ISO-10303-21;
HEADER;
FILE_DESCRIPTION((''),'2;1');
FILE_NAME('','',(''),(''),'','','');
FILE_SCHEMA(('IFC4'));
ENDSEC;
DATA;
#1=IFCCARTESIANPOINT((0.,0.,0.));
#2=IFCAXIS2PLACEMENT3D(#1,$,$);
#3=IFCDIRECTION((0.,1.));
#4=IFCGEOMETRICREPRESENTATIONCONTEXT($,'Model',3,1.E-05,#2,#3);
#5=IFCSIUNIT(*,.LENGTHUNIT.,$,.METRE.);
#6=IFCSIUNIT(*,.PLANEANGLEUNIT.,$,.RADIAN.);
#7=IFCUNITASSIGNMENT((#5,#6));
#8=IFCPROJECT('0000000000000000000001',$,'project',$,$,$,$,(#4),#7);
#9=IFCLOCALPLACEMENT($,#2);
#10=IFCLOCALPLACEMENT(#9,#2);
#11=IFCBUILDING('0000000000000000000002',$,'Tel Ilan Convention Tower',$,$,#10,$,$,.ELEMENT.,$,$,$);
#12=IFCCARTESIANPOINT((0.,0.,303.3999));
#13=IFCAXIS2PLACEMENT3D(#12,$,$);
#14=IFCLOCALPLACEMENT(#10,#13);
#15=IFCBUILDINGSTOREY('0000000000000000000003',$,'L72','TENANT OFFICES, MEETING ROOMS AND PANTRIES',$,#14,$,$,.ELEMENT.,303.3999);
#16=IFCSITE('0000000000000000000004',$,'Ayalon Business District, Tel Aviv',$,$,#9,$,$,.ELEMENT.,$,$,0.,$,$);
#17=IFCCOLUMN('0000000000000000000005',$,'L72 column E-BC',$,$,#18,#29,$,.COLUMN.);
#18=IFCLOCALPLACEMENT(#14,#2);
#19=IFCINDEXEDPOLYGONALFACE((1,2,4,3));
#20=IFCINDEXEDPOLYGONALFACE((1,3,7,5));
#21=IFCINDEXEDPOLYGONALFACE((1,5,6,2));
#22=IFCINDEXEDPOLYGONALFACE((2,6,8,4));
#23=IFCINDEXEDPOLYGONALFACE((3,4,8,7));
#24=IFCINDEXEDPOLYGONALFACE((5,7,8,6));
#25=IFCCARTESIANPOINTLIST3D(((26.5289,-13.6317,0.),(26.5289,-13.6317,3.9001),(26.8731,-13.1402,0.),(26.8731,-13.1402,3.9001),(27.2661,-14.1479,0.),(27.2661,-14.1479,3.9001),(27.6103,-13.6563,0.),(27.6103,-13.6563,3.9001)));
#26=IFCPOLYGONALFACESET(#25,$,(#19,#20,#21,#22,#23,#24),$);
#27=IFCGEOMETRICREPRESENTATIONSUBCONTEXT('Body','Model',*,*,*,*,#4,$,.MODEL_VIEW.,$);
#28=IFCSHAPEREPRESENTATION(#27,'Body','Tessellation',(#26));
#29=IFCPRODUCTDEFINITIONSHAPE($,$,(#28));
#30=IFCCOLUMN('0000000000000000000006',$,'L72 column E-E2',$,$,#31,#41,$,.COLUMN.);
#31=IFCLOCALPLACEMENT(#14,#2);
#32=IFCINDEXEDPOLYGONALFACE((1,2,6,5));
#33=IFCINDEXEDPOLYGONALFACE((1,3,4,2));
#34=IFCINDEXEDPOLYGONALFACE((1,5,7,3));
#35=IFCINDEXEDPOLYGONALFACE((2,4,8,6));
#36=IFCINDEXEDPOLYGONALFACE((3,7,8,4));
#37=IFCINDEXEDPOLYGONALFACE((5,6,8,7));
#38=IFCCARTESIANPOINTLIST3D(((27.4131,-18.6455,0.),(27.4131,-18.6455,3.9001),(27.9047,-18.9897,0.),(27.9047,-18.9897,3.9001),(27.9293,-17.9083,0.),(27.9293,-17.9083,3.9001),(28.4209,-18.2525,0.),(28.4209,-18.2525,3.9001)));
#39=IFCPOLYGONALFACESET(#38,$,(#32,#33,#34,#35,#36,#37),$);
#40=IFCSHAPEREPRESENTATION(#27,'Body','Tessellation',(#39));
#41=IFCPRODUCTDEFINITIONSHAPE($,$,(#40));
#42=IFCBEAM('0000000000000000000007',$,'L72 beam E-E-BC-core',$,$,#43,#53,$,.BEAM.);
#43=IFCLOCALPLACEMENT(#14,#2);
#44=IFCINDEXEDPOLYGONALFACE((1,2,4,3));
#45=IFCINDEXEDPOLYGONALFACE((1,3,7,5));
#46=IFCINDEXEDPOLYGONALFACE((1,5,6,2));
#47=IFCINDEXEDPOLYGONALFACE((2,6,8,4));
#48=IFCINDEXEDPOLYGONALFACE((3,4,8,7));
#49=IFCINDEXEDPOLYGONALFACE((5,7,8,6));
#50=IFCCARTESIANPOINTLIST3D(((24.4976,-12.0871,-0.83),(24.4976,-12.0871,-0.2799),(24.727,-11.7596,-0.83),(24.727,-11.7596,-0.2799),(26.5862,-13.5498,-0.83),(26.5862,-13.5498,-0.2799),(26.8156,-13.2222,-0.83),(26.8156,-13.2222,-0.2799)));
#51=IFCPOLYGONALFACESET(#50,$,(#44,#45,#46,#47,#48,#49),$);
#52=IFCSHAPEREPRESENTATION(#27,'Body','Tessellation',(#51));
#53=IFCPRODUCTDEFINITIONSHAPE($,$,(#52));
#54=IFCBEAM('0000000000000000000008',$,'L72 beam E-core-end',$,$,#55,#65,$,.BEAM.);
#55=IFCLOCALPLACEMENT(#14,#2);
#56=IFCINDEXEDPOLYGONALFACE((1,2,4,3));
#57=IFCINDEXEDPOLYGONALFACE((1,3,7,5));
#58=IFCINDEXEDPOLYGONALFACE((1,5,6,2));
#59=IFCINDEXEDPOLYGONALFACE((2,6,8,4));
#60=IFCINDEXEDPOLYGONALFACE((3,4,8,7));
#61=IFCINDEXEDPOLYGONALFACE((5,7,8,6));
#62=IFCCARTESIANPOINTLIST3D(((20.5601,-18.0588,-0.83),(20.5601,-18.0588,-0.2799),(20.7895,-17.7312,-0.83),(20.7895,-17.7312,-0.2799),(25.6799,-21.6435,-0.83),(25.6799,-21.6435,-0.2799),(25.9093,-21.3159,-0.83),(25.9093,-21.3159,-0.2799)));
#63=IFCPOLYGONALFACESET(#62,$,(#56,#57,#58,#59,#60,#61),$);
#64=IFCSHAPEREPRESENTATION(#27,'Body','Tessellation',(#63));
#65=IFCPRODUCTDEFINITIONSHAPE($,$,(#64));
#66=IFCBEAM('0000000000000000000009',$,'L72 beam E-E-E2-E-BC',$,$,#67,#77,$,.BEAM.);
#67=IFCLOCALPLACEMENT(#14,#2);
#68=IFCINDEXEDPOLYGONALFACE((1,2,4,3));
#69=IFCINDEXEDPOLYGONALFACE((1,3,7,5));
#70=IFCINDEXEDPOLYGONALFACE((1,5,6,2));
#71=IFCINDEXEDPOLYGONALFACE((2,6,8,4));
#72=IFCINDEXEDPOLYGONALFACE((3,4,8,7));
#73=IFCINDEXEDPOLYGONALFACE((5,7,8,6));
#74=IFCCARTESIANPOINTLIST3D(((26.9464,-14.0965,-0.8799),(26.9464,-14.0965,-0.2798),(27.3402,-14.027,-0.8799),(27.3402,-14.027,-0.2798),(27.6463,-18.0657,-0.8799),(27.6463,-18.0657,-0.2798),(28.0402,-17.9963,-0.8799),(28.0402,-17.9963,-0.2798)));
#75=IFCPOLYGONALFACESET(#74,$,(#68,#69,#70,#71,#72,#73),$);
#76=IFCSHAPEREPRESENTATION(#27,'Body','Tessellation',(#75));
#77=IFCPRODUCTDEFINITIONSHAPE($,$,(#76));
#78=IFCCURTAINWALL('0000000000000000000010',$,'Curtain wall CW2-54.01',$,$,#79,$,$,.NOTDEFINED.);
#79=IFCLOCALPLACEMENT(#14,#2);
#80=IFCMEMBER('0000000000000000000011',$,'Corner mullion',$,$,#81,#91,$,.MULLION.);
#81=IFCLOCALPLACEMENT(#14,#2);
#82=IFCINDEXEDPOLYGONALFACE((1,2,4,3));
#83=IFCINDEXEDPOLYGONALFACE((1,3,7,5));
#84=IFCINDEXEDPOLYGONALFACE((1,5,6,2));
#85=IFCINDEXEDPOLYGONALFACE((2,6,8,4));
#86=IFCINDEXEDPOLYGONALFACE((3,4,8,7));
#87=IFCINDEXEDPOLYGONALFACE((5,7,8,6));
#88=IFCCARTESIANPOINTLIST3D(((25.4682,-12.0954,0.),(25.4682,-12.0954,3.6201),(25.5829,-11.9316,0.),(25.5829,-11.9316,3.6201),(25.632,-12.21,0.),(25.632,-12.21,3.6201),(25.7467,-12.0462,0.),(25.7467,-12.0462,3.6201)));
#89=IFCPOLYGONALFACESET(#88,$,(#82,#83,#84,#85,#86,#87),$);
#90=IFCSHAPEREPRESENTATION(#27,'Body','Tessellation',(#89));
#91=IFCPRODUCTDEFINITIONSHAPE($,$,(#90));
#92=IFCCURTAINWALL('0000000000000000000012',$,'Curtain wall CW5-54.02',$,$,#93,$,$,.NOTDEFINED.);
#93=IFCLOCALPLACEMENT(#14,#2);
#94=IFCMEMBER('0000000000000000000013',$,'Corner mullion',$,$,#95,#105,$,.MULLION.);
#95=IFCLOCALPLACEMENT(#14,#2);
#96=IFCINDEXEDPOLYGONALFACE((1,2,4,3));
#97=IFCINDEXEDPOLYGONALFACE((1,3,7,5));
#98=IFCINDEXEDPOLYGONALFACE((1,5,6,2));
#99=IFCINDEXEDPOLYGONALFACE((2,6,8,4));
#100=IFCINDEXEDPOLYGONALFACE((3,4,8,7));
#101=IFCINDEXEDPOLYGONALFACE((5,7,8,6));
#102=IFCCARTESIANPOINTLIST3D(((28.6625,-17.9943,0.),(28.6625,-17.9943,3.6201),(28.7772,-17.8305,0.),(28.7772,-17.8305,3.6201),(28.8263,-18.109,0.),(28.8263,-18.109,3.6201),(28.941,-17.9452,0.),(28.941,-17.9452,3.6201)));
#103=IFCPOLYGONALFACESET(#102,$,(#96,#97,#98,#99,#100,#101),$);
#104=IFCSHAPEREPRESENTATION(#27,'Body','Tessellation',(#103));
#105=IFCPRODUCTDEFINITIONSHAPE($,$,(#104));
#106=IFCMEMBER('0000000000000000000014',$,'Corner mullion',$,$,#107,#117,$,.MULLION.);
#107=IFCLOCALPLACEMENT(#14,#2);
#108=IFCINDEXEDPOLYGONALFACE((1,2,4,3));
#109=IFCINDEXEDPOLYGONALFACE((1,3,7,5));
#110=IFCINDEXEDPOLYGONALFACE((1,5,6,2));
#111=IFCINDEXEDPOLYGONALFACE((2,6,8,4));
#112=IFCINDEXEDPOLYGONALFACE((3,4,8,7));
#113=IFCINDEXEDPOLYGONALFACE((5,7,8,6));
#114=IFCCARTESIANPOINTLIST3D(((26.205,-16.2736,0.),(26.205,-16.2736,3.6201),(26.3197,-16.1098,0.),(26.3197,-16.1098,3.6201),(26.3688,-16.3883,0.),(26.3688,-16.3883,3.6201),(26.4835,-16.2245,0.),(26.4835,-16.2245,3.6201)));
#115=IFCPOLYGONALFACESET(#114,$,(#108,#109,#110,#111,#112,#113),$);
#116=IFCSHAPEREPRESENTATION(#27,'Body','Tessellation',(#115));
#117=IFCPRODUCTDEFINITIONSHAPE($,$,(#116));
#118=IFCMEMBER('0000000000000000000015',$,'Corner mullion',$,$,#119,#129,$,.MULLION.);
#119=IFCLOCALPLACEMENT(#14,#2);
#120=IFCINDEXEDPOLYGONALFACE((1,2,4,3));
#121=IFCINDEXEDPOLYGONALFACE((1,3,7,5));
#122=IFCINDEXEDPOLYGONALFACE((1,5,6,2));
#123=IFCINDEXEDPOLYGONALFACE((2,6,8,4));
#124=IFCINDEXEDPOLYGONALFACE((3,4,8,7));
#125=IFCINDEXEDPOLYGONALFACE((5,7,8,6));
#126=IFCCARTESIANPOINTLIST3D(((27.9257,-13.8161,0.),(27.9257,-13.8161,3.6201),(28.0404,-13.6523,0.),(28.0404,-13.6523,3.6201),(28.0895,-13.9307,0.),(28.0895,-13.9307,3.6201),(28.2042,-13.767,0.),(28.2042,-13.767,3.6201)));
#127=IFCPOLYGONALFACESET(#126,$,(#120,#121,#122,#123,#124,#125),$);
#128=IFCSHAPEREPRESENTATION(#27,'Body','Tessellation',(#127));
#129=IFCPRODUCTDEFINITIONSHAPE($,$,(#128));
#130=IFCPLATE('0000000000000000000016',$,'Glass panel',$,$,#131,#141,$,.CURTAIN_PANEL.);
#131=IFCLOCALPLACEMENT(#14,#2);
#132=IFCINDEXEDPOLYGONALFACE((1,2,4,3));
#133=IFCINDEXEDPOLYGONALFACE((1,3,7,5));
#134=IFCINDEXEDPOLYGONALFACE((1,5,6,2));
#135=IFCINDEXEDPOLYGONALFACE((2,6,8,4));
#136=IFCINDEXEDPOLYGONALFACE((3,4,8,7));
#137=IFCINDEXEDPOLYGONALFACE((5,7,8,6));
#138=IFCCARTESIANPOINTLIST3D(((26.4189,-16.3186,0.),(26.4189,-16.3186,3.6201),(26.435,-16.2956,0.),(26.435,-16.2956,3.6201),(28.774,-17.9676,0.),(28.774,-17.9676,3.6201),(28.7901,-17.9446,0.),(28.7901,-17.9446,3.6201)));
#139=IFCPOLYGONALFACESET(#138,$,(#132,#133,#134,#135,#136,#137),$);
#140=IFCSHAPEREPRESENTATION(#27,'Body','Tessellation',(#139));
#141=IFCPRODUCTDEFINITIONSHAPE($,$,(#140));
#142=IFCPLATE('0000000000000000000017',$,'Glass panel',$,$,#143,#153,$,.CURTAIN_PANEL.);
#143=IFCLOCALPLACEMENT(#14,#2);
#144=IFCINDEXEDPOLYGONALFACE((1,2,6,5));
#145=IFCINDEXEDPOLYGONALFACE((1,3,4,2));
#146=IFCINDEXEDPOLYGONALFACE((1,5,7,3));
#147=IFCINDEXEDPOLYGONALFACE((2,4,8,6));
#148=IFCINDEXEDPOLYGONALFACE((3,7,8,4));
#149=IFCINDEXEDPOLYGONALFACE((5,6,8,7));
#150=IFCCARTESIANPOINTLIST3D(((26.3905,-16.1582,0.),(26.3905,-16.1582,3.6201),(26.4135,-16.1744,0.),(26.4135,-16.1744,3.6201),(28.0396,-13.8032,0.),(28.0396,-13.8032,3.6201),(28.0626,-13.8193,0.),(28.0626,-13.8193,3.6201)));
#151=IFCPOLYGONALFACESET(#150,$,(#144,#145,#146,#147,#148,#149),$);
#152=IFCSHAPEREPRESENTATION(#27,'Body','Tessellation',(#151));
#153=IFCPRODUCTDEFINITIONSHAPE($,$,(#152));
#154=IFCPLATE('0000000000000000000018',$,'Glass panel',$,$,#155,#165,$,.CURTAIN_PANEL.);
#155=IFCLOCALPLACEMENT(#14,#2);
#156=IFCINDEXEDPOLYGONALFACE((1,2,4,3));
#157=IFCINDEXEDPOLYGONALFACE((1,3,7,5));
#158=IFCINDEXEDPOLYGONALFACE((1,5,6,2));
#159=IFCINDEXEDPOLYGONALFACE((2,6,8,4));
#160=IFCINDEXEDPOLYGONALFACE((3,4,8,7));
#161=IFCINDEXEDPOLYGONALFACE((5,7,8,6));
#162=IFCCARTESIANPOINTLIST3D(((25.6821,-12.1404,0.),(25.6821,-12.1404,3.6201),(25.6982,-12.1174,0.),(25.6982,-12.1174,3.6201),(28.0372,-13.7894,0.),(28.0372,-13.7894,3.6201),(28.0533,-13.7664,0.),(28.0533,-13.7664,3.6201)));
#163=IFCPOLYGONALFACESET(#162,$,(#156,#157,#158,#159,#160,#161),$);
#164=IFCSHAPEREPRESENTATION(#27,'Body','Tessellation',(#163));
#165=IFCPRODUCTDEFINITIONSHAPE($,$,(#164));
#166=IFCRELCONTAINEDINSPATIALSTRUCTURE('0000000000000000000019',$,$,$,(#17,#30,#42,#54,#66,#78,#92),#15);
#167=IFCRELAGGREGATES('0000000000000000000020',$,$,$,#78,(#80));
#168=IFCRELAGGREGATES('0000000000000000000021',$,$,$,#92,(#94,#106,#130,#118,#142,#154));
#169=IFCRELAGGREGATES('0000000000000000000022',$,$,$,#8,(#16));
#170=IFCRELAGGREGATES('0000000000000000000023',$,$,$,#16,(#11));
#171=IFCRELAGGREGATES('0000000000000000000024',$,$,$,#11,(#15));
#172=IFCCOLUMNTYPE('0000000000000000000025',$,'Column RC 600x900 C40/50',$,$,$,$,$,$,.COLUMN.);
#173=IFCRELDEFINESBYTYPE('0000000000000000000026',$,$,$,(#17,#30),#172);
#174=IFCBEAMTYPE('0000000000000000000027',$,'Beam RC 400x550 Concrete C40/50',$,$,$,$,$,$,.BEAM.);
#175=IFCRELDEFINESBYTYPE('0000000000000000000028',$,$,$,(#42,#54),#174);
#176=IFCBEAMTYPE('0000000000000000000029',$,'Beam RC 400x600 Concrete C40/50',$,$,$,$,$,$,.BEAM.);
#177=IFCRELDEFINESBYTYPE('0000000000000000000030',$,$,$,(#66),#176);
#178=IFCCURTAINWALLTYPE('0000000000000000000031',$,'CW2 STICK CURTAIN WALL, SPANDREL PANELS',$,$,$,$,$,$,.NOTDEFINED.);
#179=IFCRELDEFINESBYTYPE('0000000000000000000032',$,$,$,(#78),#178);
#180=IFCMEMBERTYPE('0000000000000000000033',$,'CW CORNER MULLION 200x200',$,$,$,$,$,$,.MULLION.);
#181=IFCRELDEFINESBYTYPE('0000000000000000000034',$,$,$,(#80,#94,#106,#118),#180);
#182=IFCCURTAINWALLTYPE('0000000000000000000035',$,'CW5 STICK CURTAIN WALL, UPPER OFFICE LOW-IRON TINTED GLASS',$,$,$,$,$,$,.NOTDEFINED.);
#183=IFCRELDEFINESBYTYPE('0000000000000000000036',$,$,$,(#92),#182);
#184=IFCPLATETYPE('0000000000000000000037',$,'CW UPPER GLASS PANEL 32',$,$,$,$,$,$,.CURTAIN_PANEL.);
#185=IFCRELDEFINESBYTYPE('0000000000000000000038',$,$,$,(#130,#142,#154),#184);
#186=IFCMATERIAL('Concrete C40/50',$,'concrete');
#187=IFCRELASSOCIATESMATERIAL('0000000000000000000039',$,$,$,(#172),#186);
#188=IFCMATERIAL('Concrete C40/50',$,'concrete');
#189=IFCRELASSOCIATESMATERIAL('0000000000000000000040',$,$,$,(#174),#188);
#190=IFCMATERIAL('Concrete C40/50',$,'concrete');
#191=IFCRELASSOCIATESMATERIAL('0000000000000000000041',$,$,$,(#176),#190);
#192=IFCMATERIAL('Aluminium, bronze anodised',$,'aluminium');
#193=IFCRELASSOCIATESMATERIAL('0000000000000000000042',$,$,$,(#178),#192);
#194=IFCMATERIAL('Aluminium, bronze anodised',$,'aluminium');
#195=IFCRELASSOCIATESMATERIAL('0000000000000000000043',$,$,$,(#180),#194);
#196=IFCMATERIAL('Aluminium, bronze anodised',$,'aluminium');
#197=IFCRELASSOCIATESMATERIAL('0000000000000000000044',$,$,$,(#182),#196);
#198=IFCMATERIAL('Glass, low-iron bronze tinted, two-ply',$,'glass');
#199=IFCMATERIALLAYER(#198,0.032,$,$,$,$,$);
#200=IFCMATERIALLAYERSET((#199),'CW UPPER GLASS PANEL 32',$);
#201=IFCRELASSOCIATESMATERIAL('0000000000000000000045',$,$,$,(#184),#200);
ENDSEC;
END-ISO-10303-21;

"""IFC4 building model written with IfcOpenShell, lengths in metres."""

from ifc_helpers import new_model, si_unit, direction, frame, origin, origin_2d, place, context, subcontext, project, spatial, rectangle, extrude, material, layer, layer_set, material_profile, profile_set, type_object, element, aggregate, save


model = new_model("IFC4")

# Units and contexts
model_context = context("Model", 3, precision=1e-05, world=origin(), true_north=direction((0.0, 1.0)))
body_context = subcontext(model_context, "Body", "Model", "MODEL_VIEW")
ifc_project = project(units=[si_unit("LENGTHUNIT", "METRE"), si_unit("PLANEANGLEUNIT", "RADIAN")], contexts=[model_context])

# Site, building, storey
site_placement = place(None, origin())
site = spatial("IfcSite", under=ifc_project, at=site_placement, Name="Ayalon Business District, Tel Aviv", CompositionType="ELEMENT", RefElevation=0.0)
building_placement = place(site_placement, origin())
building = spatial("IfcBuilding", under=site, at=building_placement, Name="Tel Ilan Convention Tower", CompositionType="ELEMENT")
storey_placement = place(building_placement, frame((0.0, 0.0, 303.3999)))
storey = spatial("IfcBuildingStorey", under=building, at=storey_placement, Name="L72", Description="TENANT OFFICES, MEETING ROOMS AND PANTRIES", CompositionType="ELEMENT", Elevation=303.3999)

# Columns
ifc_material_1 = material(Name="Concrete C40/50", Category="concrete")
ifc_material_profile_1 = material_profile(ifc_material_1, rectangle(XDim=0.8999, YDim=0.6001, at=origin_2d()), Name="RC 600x900")
ifc_profile_set_1 = profile_set([ifc_material_profile_1], Name="Concrete C40/50")
column_type = type_object("IfcColumnType", Name="Column RC 600x900 C40/50", PredefinedType="COLUMN", material=ifc_profile_set_1)
for number, where, z_axis, x_axis, name in (
    (1, (27.0696, -13.644, 0.0), (0.0, 0.0, 1.0), (0.819152, -0.573576, 0.0), "L72 column E-BC"),
    (2, (27.917, -18.449, 0.0), (0.0, 0.0, 1.0), (0.573576, 0.819152, 0.0), "L72 column E-E2"),
):
    element("IfcColumn", number, at=place(storey_placement, frame(where, z_axis=z_axis, x_axis=x_axis)), inside=storey, type_object=column_type, Name=name, PredefinedType="COLUMN", context=body_context, shape_type="SweptSolid", body=[
        extrude(rectangle(XDim=0.8999, YDim=0.6001, at=origin_2d()), origin(), (0.0, 0.0, 1.0), 3.9001),
    ])

# Beams
ifc_material_2 = material(Name="Concrete C40/50", Category="concrete")
ifc_material_profile_2 = material_profile(ifc_material_2, rectangle(XDim=0.3999, YDim=0.55, at=origin_2d()), Name="RC 400x550")
ifc_profile_set_2 = profile_set([ifc_material_profile_2], Name="Concrete C40/50")
beam_type_1 = type_object("IfcBeamType", Name="Beam RC 400x550 Concrete C40/50", PredefinedType="BEAM", material=ifc_profile_set_2)
beam_1_placement = place(storey_placement, frame((26.7009, -13.386, -0.5549), z_axis=(-0.819119, 0.573623, 0.0), x_axis=(-0.573623, -0.819119, 0.0)))
element("IfcBeam", 3, at=beam_1_placement, inside=storey, type_object=beam_type_1, Name="L72 beam E-E-BC-core", PredefinedType="BEAM", context=body_context, shape_type="SweptSolid", body=[
    extrude(rectangle(XDim=0.3999, YDim=0.55, at=origin_2d()), origin(), (0.0, 0.0, 1.0), 2.5498),
])
beam_2_placement = place(storey_placement, frame((20.6748, -17.895, -0.5549), z_axis=(0.819171, -0.573549, 0.0), x_axis=(0.573549, 0.819171, 0.0)))
element("IfcBeam", 4, at=beam_2_placement, inside=storey, type_object=beam_type_1, Name="L72 beam E-core-end", PredefinedType="BEAM", context=body_context, shape_type="SweptSolid", body=[
    extrude(rectangle(XDim=0.3999, YDim=0.55, at=origin_2d()), origin(), (0.0, 0.0, 1.0), 6.25),
])
ifc_material_3 = material(Name="Concrete C40/50", Category="concrete")
ifc_material_profile_3 = material_profile(ifc_material_3, rectangle(XDim=0.3999, YDim=0.6001, at=origin_2d()), Name="RC 400x600")
ifc_profile_set_3 = profile_set([ifc_material_profile_3], Name="Concrete C40/50")
beam_type_2 = type_object("IfcBeamType", Name="Beam RC 400x600 Concrete C40/50", PredefinedType="BEAM", material=ifc_profile_set_3)
beam_3_placement = place(storey_placement, frame((27.8433, -18.031, -0.5798), z_axis=(-0.173664, 0.984805, 0.0), x_axis=(-0.984805, -0.173664, 0.0)))
element("IfcBeam", 5, at=beam_3_placement, inside=storey, type_object=beam_type_2, Name="L72 beam E-E-E2-E-BC", PredefinedType="BEAM", context=body_context, shape_type="SweptSolid", body=[
    extrude(rectangle(XDim=0.3999, YDim=0.6001, at=origin_2d()), origin(), (0.0, 0.0, 1.0), 4.0305),
])

# Curtain wall, member
ifc_material_4 = material(Name="Aluminium, bronze anodised", Category="aluminium")
curtain_wall_type_1 = type_object("IfcCurtainWallType", Name="CW2 STICK CURTAIN WALL, SPANDREL PANELS", PredefinedType="NOTDEFINED", material=ifc_material_4)
curtain_wall_1_placement = place(storey_placement, origin())
curtain_wall_1 = element("IfcCurtainWall", 6, at=curtain_wall_1_placement, inside=storey, type_object=curtain_wall_type_1, Name="Curtain wall CW2-54.01", PredefinedType="NOTDEFINED")
ifc_material_5 = material(Name="Aluminium, bronze anodised", Category="aluminium")
ifc_material_profile_4 = material_profile(ifc_material_5, rectangle(XDim=0.2, YDim=0.2, at=origin_2d()), Name="CW CORNER MULLION 200x200")
ifc_profile_set_4 = profile_set([ifc_material_profile_4], Name="Aluminium, bronze anodised")
member_type = type_object("IfcMemberType", Name="CW CORNER MULLION 200x200", PredefinedType="MULLION", material=ifc_profile_set_4)
member_1_placement = place(storey_placement, frame((25.6074, -12.0708, 0.0), z_axis=(0.0, 0.0, 1.0), x_axis=(-0.819152, 0.573576, 0.0)))
member_1 = element("IfcMember", 7, at=member_1_placement, type_object=member_type, Name="Corner mullion", PredefinedType="MULLION", context=body_context, shape_type="SweptSolid", body=[
    extrude(rectangle(XDim=0.2, YDim=0.2, at=origin_2d()), origin(), (0.0, 0.0, 1.0), 3.6201),
])
aggregate(curtain_wall_1, [member_1])

# Curtain wall, members, plates
ifc_material_6 = material(Name="Aluminium, bronze anodised", Category="aluminium")
curtain_wall_type_2 = type_object("IfcCurtainWallType", Name="CW5 STICK CURTAIN WALL, UPPER OFFICE LOW-IRON TINTED GLASS", PredefinedType="NOTDEFINED", material=ifc_material_6)
curtain_wall_2_placement = place(storey_placement, origin())
curtain_wall_2 = element("IfcCurtainWall", 8, at=curtain_wall_2_placement, inside=storey, type_object=curtain_wall_type_2, Name="Curtain wall CW5-54.02", PredefinedType="NOTDEFINED")
member_2_placement = place(storey_placement, frame((28.8018, -17.9697, 0.0), z_axis=(0.0, 0.0, 1.0), x_axis=(0.573576, 0.819152, 0.0)))
member_2 = element("IfcMember", 9, at=member_2_placement, type_object=member_type, Name="Corner mullion", PredefinedType="MULLION", context=body_context, shape_type="SweptSolid", body=[
    extrude(rectangle(XDim=0.2, YDim=0.2, at=origin_2d()), origin(), (0.0, 0.0, 1.0), 3.6201),
])
member_3_placement = place(storey_placement, frame((26.3442, -16.249, 0.0), z_axis=(0.0, 0.0, 1.0), x_axis=(-0.819152, 0.573576, 0.0)))
member_3 = element("IfcMember", 10, at=member_3_placement, type_object=member_type, Name="Corner mullion", PredefinedType="MULLION", context=body_context, shape_type="SweptSolid", body=[
    extrude(rectangle(XDim=0.2, YDim=0.2, at=origin_2d()), origin(), (0.0, 0.0, 1.0), 3.6201),
])
member_4_placement = place(storey_placement, frame((28.0649, -13.7915, 0.0), z_axis=(0.0, 0.0, 1.0), x_axis=(0.573576, 0.819152, 0.0)))
member_4 = element("IfcMember", 11, at=member_4_placement, type_object=member_type, Name="Corner mullion", PredefinedType="MULLION", context=body_context, shape_type="SweptSolid", body=[
    extrude(rectangle(XDim=0.2, YDim=0.2, at=origin_2d()), origin(), (0.0, 0.0, 1.0), 3.6201),
])
ifc_material_7 = material(Name="Glass, low-iron bronze tinted, two-ply", Category="glass")
ifc_layer_1 = layer(ifc_material_7, 0.032)
ifc_layer_set_1 = layer_set([ifc_layer_1], Name="CW UPPER GLASS PANEL 32")
plate_type = type_object("IfcPlateType", Name="CW UPPER GLASS PANEL 32", PredefinedType="CURTAIN_PANEL", material=ifc_layer_set_1)
plate_1_placement = place(storey_placement, frame((27.6045, -17.1316, 0.0), z_axis=(0.0, 0.0, 1.0), x_axis=(-0.819152, 0.573576, 0.0)))
plate_1 = element("IfcPlate", 12, at=plate_1_placement, type_object=plate_type, Name="Glass panel", PredefinedType="CURTAIN_PANEL", context=body_context, shape_type="SweptSolid", body=[
    extrude(rectangle(XDim=2.875, YDim=0.0281, at=origin_2d()), origin(), (0.0, 0.0, 1.0), 3.6201),
])
plate_2_placement = place(storey_placement, frame((27.2266, -14.9888, 0.0), z_axis=(0.0, 0.0, 1.0), x_axis=(0.573576, 0.819152, 0.0)))
plate_2 = element("IfcPlate", 13, at=plate_2_placement, type_object=plate_type, Name="Glass panel", PredefinedType="CURTAIN_PANEL", context=body_context, shape_type="SweptSolid", body=[
    extrude(rectangle(XDim=2.875, YDim=0.0281, at=origin_2d()), origin(), (0.0, 0.0, 1.0), 3.6201),
])
plate_3_placement = place(storey_placement, frame((26.8677, -12.9534, 0.0), z_axis=(0.0, 0.0, 1.0), x_axis=(-0.819152, 0.573576, 0.0)))
plate_3 = element("IfcPlate", 14, at=plate_3_placement, type_object=plate_type, Name="Glass panel", PredefinedType="CURTAIN_PANEL", context=body_context, shape_type="SweptSolid", body=[
    extrude(rectangle(XDim=2.875, YDim=0.0281, at=origin_2d()), origin(), (0.0, 0.0, 1.0), 3.6201),
])
aggregate(curtain_wall_2, [member_2, member_3, plate_1, member_4, plate_2, plate_3])

save(model, "model.ifc")
